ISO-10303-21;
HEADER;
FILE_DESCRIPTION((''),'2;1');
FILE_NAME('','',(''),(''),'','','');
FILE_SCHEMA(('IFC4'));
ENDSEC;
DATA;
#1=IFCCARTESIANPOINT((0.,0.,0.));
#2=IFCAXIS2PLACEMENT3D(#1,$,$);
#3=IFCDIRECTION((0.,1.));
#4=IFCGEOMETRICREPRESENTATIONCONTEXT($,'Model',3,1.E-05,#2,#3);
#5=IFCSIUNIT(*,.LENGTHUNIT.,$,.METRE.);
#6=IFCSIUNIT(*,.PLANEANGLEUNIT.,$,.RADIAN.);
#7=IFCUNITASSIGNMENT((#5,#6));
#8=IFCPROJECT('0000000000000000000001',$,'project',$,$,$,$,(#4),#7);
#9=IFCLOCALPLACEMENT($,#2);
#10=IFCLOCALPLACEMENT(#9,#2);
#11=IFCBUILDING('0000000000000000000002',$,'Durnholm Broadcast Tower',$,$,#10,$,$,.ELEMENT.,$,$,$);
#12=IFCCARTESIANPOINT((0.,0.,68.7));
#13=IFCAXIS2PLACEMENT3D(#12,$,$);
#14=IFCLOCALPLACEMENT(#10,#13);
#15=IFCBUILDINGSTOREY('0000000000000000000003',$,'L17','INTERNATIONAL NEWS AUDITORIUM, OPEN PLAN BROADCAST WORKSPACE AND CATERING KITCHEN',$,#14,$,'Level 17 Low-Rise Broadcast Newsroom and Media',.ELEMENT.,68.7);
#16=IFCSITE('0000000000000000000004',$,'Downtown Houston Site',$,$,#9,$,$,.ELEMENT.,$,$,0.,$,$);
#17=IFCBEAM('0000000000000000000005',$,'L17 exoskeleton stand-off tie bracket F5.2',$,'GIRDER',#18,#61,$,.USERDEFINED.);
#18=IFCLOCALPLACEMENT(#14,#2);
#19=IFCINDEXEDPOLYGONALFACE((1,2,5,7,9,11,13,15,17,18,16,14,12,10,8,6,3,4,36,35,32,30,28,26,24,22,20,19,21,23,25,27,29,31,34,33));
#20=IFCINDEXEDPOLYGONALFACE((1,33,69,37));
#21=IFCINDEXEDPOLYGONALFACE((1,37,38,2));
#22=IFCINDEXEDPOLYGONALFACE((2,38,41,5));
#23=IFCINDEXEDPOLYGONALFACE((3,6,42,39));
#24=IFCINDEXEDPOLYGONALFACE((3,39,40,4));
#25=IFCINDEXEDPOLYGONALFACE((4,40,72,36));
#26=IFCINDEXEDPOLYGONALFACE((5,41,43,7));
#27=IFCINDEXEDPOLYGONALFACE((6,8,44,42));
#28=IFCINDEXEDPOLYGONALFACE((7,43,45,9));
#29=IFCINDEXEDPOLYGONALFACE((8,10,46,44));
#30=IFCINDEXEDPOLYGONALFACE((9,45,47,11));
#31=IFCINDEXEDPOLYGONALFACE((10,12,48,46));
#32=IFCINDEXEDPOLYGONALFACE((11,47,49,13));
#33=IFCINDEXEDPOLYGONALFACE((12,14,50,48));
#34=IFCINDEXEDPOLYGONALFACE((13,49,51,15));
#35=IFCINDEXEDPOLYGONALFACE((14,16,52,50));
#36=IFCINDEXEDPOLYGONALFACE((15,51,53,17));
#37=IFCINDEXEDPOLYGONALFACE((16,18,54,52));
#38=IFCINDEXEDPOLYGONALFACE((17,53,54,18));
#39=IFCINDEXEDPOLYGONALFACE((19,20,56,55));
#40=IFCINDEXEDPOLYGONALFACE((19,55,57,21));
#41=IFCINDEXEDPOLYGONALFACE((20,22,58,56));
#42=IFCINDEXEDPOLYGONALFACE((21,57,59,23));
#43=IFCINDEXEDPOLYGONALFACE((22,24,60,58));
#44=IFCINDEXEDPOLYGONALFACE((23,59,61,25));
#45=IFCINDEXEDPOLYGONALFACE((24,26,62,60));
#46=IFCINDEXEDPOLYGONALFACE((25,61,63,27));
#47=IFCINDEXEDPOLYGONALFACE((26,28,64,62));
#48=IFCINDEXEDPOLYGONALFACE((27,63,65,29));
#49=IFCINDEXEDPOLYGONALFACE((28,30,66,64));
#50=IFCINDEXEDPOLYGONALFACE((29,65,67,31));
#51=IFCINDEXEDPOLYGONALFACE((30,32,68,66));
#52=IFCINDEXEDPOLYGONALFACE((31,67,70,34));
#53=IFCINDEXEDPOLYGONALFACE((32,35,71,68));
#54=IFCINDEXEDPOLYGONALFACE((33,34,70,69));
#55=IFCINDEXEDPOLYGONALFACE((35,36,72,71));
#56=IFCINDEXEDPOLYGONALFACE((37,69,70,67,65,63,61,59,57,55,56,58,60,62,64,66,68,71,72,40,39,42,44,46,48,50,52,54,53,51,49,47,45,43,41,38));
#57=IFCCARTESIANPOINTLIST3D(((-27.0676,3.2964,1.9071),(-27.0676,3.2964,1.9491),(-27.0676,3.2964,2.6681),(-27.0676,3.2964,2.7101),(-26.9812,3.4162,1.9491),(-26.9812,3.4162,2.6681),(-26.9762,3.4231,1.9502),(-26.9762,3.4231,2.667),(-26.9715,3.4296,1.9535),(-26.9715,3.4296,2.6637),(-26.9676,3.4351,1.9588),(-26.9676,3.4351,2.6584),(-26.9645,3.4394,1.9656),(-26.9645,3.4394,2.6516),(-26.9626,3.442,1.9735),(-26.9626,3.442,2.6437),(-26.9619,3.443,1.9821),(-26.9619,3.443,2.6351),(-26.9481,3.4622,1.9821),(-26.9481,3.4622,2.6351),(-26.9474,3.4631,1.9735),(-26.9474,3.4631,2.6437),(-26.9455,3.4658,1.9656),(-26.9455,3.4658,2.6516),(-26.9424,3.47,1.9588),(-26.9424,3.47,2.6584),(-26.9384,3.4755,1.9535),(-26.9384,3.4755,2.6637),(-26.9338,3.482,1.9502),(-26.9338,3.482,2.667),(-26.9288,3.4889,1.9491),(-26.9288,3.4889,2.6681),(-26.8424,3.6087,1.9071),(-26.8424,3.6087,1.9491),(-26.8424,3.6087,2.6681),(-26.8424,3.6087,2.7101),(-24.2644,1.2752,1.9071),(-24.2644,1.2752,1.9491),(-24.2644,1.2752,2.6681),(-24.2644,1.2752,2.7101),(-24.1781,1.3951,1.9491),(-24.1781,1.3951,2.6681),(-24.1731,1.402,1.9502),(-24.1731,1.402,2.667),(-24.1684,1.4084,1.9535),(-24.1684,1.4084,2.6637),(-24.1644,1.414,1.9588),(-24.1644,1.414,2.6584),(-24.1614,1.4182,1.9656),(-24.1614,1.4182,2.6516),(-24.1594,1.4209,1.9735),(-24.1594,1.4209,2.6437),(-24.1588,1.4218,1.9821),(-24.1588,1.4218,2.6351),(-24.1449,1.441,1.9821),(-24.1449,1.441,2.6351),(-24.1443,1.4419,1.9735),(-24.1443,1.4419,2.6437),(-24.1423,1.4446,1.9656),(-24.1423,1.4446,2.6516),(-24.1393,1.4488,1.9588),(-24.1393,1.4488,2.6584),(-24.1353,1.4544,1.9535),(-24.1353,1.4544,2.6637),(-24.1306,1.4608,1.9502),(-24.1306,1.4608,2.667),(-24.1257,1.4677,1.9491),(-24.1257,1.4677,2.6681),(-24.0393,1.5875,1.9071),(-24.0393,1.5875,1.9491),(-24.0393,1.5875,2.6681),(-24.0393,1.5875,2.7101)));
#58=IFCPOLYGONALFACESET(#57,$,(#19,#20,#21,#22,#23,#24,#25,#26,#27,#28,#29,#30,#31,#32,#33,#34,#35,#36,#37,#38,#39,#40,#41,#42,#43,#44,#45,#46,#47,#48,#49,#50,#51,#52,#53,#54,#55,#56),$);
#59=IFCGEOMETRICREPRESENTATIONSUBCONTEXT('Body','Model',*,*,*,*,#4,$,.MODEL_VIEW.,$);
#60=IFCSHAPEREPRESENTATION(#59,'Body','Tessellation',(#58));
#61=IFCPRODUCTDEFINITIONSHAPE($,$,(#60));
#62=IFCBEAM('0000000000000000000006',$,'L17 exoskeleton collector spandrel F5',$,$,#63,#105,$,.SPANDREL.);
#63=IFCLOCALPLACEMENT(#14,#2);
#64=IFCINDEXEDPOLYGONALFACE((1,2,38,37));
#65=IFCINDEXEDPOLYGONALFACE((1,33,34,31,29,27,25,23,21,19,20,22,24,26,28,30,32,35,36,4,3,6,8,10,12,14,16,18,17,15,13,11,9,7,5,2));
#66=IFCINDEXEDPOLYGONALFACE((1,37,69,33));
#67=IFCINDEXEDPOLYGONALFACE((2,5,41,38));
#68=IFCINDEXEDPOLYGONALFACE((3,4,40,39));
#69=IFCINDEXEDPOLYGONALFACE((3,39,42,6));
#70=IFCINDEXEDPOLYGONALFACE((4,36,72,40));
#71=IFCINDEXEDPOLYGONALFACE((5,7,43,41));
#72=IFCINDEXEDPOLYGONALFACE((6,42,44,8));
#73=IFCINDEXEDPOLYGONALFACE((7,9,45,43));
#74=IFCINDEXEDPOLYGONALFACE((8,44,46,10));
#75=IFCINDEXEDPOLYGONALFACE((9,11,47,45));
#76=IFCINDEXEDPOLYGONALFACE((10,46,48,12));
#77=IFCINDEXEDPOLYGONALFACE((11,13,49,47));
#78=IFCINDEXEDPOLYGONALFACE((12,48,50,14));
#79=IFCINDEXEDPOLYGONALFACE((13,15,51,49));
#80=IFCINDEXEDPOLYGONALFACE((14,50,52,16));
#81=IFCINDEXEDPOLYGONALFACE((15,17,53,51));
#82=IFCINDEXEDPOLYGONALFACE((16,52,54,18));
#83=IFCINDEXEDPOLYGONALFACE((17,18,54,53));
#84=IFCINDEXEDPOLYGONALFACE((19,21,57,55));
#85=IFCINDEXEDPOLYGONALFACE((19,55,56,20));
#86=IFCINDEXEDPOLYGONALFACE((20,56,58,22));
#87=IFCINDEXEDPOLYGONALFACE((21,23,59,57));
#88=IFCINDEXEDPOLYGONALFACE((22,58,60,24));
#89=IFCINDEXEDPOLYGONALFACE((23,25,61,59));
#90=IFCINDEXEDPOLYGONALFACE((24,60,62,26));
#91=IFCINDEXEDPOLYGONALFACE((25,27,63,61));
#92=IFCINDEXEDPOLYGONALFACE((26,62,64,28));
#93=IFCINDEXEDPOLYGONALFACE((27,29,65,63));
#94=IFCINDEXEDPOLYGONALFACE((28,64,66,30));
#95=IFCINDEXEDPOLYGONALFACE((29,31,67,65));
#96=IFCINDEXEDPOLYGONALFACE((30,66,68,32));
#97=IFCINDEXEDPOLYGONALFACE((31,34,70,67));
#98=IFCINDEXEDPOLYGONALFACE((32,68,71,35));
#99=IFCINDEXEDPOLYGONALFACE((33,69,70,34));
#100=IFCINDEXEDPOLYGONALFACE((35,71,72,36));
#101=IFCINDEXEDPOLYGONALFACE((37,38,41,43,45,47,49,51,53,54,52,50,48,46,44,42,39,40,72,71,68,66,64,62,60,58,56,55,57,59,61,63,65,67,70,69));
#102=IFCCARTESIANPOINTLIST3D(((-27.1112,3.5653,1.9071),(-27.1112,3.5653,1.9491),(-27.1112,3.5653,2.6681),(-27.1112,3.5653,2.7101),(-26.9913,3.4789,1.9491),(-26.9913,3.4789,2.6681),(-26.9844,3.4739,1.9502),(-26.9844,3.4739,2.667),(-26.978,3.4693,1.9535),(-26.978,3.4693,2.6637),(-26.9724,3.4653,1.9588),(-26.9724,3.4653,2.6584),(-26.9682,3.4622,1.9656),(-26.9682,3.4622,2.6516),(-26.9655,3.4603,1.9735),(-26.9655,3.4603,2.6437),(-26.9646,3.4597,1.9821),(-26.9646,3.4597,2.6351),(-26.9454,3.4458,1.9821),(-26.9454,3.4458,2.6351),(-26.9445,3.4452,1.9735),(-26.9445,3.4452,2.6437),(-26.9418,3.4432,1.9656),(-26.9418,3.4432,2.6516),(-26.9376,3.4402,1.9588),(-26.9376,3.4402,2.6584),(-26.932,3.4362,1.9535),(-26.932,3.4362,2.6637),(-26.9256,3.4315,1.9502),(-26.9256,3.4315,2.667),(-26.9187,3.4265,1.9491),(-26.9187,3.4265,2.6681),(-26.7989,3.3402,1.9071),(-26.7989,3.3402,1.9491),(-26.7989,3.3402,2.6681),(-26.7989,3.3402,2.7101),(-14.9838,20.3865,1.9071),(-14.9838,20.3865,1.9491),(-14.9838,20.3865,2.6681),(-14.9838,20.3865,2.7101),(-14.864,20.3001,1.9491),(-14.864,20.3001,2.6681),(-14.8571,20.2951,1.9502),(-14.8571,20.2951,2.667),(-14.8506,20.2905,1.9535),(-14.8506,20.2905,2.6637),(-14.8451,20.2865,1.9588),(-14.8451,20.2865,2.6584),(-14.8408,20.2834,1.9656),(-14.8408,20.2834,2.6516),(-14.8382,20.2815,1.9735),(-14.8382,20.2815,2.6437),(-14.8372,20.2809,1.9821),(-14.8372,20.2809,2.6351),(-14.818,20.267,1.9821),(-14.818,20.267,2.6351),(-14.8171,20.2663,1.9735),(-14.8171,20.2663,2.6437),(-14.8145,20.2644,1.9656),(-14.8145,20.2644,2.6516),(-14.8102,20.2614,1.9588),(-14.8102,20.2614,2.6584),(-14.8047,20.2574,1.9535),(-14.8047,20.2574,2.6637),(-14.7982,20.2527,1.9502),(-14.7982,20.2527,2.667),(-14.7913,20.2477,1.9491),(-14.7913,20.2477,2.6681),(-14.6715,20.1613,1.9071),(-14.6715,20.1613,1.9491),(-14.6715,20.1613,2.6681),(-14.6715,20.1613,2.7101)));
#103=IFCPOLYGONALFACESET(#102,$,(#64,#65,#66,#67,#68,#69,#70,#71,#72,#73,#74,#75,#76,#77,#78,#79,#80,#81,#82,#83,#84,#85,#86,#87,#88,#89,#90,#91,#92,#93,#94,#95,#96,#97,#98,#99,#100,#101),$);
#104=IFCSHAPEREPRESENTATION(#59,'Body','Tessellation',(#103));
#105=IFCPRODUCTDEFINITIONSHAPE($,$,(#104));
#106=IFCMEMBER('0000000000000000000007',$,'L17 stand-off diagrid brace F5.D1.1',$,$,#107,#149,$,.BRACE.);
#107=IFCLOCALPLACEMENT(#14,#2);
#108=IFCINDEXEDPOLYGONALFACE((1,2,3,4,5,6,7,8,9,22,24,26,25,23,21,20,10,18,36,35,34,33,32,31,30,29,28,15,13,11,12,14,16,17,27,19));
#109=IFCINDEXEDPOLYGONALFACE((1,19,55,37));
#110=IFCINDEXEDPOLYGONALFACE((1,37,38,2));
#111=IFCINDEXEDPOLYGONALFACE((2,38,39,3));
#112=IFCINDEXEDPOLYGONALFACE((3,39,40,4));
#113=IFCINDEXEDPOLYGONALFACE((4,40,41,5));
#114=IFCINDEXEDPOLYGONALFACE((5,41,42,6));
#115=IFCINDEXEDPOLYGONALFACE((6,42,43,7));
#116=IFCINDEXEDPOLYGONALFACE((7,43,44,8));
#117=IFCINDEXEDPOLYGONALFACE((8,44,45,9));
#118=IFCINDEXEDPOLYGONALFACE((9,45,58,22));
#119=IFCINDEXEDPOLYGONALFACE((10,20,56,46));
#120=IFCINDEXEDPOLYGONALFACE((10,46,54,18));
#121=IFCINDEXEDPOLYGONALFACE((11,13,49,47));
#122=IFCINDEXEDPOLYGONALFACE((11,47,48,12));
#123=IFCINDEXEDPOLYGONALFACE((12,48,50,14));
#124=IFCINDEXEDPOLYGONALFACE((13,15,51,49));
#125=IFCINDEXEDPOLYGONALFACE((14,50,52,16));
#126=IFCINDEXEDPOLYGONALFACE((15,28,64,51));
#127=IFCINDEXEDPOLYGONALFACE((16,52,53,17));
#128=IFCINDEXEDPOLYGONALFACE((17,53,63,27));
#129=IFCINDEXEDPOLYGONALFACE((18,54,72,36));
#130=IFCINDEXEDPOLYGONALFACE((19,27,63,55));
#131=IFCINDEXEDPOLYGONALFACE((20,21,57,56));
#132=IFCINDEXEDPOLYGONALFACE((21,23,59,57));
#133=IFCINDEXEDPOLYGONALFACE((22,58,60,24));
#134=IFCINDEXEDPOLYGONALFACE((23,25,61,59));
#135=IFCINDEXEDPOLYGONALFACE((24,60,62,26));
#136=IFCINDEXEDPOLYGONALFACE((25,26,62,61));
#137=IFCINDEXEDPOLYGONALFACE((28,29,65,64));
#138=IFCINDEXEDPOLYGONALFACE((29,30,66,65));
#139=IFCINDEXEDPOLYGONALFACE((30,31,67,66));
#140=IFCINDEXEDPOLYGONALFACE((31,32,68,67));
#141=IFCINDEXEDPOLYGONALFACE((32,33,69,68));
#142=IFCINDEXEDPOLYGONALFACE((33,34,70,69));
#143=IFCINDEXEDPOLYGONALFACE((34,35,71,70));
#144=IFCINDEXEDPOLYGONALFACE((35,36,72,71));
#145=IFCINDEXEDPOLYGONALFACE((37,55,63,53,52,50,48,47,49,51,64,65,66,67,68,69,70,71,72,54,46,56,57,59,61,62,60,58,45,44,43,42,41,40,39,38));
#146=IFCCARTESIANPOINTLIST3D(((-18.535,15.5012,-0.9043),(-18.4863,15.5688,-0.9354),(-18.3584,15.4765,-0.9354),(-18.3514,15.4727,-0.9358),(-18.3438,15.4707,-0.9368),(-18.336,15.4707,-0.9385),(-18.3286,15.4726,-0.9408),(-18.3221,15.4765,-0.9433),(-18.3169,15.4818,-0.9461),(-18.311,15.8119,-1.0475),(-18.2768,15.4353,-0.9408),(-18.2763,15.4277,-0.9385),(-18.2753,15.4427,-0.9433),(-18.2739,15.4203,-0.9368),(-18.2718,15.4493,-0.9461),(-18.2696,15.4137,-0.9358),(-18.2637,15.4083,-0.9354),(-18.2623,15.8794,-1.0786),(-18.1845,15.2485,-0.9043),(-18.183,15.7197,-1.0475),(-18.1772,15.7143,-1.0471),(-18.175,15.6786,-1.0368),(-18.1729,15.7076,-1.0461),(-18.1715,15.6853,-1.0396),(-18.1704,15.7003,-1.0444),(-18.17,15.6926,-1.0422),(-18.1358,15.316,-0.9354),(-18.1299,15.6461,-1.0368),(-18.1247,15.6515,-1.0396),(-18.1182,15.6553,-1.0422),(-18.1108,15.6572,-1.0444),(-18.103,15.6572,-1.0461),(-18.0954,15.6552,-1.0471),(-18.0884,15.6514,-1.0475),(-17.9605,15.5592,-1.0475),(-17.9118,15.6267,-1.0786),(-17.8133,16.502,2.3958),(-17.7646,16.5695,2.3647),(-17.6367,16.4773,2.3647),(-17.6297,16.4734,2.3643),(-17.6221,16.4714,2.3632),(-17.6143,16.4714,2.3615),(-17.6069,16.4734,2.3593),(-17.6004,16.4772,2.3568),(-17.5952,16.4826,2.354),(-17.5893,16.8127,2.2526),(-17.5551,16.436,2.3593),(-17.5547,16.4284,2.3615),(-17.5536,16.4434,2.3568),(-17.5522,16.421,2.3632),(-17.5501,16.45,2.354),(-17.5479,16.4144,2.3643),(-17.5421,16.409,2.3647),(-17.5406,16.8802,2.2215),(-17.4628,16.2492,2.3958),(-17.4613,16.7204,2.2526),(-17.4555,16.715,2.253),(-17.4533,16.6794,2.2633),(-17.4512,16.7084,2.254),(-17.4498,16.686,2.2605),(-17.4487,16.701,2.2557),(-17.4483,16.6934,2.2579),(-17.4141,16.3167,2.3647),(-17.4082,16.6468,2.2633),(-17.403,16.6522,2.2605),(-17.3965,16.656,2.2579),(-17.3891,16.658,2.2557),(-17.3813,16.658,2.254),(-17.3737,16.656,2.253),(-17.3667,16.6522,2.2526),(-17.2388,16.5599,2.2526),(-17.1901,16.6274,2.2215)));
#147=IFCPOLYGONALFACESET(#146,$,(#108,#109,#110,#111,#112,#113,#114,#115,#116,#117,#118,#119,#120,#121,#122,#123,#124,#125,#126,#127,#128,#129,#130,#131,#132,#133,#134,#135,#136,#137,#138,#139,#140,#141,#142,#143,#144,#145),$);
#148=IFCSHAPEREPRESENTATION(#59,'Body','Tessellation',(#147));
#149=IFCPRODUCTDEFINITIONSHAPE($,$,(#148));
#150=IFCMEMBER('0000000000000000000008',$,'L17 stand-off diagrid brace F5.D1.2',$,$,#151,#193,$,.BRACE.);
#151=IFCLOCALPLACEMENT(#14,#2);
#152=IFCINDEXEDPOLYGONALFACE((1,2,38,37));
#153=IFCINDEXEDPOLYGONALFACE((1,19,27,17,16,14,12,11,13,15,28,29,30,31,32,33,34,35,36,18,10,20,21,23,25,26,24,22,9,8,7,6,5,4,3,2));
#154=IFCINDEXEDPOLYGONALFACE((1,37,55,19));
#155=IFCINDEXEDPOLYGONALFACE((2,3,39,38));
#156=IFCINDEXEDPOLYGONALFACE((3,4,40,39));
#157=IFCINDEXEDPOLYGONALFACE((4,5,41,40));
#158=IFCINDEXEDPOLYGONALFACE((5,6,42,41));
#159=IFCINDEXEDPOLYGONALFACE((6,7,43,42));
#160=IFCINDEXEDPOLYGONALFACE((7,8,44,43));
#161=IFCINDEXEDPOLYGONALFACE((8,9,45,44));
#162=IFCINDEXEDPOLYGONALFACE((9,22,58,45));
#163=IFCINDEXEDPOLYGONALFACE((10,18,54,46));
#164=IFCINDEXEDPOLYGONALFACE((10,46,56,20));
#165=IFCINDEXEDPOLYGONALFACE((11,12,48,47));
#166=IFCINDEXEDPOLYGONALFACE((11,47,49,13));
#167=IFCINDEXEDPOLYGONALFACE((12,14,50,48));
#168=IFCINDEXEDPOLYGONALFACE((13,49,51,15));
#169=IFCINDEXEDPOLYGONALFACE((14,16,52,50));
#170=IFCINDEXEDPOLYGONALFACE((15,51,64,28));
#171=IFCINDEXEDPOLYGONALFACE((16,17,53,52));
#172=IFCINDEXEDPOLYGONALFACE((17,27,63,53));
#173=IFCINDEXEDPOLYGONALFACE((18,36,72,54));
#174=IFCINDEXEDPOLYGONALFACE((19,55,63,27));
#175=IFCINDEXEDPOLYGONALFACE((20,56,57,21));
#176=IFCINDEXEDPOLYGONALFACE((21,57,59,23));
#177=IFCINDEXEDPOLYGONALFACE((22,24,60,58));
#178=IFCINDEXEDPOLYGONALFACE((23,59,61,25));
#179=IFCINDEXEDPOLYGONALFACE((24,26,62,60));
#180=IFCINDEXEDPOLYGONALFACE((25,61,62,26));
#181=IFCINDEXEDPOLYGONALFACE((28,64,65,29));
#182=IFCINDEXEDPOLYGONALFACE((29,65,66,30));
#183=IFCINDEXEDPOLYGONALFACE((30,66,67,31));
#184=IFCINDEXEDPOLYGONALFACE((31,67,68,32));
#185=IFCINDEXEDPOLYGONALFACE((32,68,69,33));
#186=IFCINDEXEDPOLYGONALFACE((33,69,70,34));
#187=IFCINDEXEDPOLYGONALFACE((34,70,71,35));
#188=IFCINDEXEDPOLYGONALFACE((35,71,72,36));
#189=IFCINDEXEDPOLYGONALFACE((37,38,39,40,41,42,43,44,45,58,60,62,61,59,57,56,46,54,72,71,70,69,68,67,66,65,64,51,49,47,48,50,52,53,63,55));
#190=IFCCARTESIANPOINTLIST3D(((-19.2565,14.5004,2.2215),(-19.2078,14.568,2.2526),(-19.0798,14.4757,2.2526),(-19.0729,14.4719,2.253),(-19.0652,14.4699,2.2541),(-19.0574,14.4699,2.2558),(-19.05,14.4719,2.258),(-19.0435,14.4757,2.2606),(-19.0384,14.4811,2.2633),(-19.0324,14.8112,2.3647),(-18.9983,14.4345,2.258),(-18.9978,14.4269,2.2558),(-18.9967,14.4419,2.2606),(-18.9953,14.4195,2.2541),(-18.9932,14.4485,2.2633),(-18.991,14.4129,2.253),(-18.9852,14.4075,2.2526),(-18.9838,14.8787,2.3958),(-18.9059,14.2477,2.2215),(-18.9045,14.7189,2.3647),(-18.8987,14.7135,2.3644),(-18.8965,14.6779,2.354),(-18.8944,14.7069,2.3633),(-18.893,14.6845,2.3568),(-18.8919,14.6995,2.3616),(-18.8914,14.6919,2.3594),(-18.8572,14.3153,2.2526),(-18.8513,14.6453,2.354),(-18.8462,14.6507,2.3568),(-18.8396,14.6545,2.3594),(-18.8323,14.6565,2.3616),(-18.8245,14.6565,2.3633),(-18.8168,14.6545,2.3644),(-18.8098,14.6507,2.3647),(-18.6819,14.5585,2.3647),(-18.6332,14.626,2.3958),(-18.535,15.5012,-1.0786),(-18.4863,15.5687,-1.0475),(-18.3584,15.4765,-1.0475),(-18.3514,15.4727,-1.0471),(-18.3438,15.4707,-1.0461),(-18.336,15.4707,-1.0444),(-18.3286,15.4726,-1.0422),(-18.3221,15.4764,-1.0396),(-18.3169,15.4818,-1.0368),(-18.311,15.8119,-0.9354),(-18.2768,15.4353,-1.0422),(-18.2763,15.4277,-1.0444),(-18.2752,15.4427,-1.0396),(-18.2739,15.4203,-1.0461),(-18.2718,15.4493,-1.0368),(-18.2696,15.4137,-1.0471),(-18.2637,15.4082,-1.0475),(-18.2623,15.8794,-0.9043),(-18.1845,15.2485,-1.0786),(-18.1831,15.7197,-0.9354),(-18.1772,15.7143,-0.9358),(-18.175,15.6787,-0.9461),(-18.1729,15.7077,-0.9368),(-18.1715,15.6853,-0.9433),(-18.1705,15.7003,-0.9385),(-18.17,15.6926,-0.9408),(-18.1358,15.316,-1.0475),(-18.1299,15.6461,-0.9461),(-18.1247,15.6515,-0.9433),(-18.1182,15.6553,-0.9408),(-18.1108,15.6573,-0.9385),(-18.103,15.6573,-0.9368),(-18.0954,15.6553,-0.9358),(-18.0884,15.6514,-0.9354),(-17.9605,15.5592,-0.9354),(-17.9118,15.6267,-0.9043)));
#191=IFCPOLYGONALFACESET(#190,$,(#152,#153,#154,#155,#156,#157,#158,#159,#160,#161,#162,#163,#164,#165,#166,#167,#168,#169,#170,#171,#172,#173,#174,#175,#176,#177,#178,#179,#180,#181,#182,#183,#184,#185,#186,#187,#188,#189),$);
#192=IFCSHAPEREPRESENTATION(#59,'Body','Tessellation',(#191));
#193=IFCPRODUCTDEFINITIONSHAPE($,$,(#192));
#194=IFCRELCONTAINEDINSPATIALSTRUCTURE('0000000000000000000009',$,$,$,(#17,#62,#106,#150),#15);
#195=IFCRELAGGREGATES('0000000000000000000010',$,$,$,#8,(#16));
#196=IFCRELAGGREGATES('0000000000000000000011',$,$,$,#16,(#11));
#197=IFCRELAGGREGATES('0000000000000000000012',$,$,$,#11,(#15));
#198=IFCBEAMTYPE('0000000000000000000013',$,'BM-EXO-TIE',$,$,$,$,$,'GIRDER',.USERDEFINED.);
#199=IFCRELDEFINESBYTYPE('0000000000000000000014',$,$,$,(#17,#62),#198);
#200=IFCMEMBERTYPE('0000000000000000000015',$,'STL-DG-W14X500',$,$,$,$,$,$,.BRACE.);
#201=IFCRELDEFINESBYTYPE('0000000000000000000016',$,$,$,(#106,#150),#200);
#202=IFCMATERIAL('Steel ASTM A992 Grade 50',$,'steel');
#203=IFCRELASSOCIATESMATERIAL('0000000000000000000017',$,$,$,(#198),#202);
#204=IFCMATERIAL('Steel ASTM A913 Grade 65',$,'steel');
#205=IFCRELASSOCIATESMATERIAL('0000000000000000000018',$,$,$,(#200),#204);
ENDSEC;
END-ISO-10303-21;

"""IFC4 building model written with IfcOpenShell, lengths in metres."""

from ifc_helpers import new_model, si_unit, direction, frame, origin, origin_2d, place, context, subcontext, project, spatial, i_section, extrude, source, transform, mapped, material, material_profile, profile_set, type_object, type_shapes, element, save


model = new_model("IFC4")

# Units and contexts
model_context = context("Model", 3, precision=1e-05, world=origin(), true_north=direction((0.0, 1.0)))
body_context = subcontext(model_context, "Body", "Model", "MODEL_VIEW")
ifc_project = project(units=[si_unit("LENGTHUNIT", "METRE"), si_unit("PLANEANGLEUNIT", "RADIAN")], contexts=[model_context])

# Site, building, storey
site_placement = place(None, origin())
site = spatial("IfcSite", under=ifc_project, at=site_placement, Name="Downtown Houston Site", CompositionType="ELEMENT", RefElevation=0.0)
building_placement = place(site_placement, origin())
building = spatial("IfcBuilding", under=site, at=building_placement, Name="Durnholm Broadcast Tower", CompositionType="ELEMENT")
storey_placement = place(building_placement, frame((0.0, 0.0, 68.7)))
storey = spatial("IfcBuildingStorey", under=building, at=storey_placement, Name="L17", Description="INTERNATIONAL NEWS AUDITORIUM, OPEN PLAN BROADCAST WORKSPACE AND CATERING KITCHEN", LongName="Level 17 Low-Rise Broadcast Newsroom and Media", CompositionType="ELEMENT", Elevation=68.7)

# Beams
ifc_material_1 = material(Name="Steel ASTM A992 Grade 50", Category="steel")
ifc_material_profile_1 = material_profile(ifc_material_1, i_section(OverallWidth=0.385, OverallDepth=0.803, WebThickness=0.0237, FlangeThickness=0.042, FilletRadius=0.033, at=origin_2d()), Name="W30X261")
ifc_profile_set_1 = profile_set([ifc_material_profile_1], Name="Steel ASTM A992 Grade 50")
beam_type_1 = type_object("IfcBeamType", Name="BM-EXO-TIE", ElementType="GIRDER", PredefinedType="USERDEFINED", material=ifc_profile_set_1)
shared_shape_1 = source(origin(), body_context, "Body", "SweptSolid", [
    extrude(i_section(OverallWidth=0.385, OverallDepth=0.803, WebThickness=0.0237, FlangeThickness=0.042, FilletRadius=0.033, at=origin_2d()), origin(), (0.0, 0.0, 1.0), 3.4558),
])
beam_1_placement = place(storey_placement, frame((-24.1519, 1.4314, 2.3086), z_axis=(-0.811134, 0.584861, 0.0), x_axis=(-0.584861, -0.811134, 0.0)))
element("IfcBeam", 1, at=beam_1_placement, inside=storey, type_object=beam_type_1, Name="L17 exoskeleton stand-off tie bracket F5.2", ObjectType="GIRDER", PredefinedType="USERDEFINED", context=body_context, shape_type="MappedRepresentation", body=[
    mapped(shared_shape_1, transform((0.0, 0.0, 0.0), x_axis=(1.0, 0.0, 0.0), y_axis=(0.0, 1.0, 0.0), z_axis=(0.0, 0.0, 1.0), scale=1.0)),
])
shared_shape_2 = source(origin(), body_context, "Body", "SweptSolid", [
    extrude(i_section(OverallWidth=0.385, OverallDepth=0.803, WebThickness=0.0237, FlangeThickness=0.042, FilletRadius=0.033, at=origin_2d()), origin(), (0.0, 0.0, 1.0), 20.7371),
])
beam_2_placement = place(storey_placement, frame((-14.8276, 20.2739, 2.3086), z_axis=(-0.584816, -0.811166, 0.0), x_axis=(0.811166, -0.584816, 0.0)))
element("IfcBeam", 2, at=beam_2_placement, inside=storey, type_object=beam_type_1, Name="L17 exoskeleton collector spandrel F5", PredefinedType="SPANDREL", context=body_context, shape_type="MappedRepresentation", body=[
    mapped(shared_shape_2, transform((0.0, 0.0, 0.0), x_axis=(1.0, 0.0, 0.0), y_axis=(0.0, 1.0, 0.0), z_axis=(0.0, 0.0, 1.0), scale=1.0)),
])

# Members
ifc_material_2 = material(Name="Steel ASTM A913 Grade 65", Category="steel")
ifc_material_profile_2 = material_profile(ifc_material_2, i_section(OverallWidth=0.4321, OverallDepth=0.4978, WebThickness=0.0557, FlangeThickness=0.0889, FilletRadius=0.0305, at=origin_2d()), Name="W14X500")
ifc_profile_set_2 = profile_set([ifc_material_profile_2], Name="Steel ASTM A913 Grade 65")
member_type_1 = type_object("IfcMemberType", Name="STL-DG-W14X500", PredefinedType="BRACE", material=ifc_profile_set_2)
shared_shape_3 = source(origin(), body_context, "Body", "SweptSolid", [
    extrude(i_section(OverallWidth=0.4321, OverallDepth=0.4978, WebThickness=0.0557, FlangeThickness=0.0889, FilletRadius=0.0305, at=origin_2d()), origin(), (0.0, 0.0, 1.0), 3.5232),
])
type_shapes(member_type_1, [shared_shape_3])
for number, where, z_axis, x_axis, name in (
    (3, (-18.2234, 15.564, -0.9915), (0.204839, 0.284045, 0.936675), (-0.811091, 0.58492, 0.0), "L17 stand-off diagrid brace F5.D1.1"),
    (4, (-18.2234, 15.564, -0.9915), (-0.204773, -0.284049, 0.936688), (0.811185, -0.584789, 0.0), "L17 stand-off diagrid brace F5.D1.2"),
):
    element("IfcMember", number, at=place(storey_placement, frame(where, z_axis=z_axis, x_axis=x_axis)), inside=storey, type_object=member_type_1, Name=name, PredefinedType="BRACE", context=body_context, shape_type="MappedRepresentation", body=[
        mapped(shared_shape_3, transform((0.0, 0.0, 0.0), x_axis=(1.0, 0.0, 0.0), y_axis=(0.0, 1.0, 0.0), z_axis=(0.0, 0.0, 1.0), scale=1.0)),
    ])

save(model, "model.ifc")
